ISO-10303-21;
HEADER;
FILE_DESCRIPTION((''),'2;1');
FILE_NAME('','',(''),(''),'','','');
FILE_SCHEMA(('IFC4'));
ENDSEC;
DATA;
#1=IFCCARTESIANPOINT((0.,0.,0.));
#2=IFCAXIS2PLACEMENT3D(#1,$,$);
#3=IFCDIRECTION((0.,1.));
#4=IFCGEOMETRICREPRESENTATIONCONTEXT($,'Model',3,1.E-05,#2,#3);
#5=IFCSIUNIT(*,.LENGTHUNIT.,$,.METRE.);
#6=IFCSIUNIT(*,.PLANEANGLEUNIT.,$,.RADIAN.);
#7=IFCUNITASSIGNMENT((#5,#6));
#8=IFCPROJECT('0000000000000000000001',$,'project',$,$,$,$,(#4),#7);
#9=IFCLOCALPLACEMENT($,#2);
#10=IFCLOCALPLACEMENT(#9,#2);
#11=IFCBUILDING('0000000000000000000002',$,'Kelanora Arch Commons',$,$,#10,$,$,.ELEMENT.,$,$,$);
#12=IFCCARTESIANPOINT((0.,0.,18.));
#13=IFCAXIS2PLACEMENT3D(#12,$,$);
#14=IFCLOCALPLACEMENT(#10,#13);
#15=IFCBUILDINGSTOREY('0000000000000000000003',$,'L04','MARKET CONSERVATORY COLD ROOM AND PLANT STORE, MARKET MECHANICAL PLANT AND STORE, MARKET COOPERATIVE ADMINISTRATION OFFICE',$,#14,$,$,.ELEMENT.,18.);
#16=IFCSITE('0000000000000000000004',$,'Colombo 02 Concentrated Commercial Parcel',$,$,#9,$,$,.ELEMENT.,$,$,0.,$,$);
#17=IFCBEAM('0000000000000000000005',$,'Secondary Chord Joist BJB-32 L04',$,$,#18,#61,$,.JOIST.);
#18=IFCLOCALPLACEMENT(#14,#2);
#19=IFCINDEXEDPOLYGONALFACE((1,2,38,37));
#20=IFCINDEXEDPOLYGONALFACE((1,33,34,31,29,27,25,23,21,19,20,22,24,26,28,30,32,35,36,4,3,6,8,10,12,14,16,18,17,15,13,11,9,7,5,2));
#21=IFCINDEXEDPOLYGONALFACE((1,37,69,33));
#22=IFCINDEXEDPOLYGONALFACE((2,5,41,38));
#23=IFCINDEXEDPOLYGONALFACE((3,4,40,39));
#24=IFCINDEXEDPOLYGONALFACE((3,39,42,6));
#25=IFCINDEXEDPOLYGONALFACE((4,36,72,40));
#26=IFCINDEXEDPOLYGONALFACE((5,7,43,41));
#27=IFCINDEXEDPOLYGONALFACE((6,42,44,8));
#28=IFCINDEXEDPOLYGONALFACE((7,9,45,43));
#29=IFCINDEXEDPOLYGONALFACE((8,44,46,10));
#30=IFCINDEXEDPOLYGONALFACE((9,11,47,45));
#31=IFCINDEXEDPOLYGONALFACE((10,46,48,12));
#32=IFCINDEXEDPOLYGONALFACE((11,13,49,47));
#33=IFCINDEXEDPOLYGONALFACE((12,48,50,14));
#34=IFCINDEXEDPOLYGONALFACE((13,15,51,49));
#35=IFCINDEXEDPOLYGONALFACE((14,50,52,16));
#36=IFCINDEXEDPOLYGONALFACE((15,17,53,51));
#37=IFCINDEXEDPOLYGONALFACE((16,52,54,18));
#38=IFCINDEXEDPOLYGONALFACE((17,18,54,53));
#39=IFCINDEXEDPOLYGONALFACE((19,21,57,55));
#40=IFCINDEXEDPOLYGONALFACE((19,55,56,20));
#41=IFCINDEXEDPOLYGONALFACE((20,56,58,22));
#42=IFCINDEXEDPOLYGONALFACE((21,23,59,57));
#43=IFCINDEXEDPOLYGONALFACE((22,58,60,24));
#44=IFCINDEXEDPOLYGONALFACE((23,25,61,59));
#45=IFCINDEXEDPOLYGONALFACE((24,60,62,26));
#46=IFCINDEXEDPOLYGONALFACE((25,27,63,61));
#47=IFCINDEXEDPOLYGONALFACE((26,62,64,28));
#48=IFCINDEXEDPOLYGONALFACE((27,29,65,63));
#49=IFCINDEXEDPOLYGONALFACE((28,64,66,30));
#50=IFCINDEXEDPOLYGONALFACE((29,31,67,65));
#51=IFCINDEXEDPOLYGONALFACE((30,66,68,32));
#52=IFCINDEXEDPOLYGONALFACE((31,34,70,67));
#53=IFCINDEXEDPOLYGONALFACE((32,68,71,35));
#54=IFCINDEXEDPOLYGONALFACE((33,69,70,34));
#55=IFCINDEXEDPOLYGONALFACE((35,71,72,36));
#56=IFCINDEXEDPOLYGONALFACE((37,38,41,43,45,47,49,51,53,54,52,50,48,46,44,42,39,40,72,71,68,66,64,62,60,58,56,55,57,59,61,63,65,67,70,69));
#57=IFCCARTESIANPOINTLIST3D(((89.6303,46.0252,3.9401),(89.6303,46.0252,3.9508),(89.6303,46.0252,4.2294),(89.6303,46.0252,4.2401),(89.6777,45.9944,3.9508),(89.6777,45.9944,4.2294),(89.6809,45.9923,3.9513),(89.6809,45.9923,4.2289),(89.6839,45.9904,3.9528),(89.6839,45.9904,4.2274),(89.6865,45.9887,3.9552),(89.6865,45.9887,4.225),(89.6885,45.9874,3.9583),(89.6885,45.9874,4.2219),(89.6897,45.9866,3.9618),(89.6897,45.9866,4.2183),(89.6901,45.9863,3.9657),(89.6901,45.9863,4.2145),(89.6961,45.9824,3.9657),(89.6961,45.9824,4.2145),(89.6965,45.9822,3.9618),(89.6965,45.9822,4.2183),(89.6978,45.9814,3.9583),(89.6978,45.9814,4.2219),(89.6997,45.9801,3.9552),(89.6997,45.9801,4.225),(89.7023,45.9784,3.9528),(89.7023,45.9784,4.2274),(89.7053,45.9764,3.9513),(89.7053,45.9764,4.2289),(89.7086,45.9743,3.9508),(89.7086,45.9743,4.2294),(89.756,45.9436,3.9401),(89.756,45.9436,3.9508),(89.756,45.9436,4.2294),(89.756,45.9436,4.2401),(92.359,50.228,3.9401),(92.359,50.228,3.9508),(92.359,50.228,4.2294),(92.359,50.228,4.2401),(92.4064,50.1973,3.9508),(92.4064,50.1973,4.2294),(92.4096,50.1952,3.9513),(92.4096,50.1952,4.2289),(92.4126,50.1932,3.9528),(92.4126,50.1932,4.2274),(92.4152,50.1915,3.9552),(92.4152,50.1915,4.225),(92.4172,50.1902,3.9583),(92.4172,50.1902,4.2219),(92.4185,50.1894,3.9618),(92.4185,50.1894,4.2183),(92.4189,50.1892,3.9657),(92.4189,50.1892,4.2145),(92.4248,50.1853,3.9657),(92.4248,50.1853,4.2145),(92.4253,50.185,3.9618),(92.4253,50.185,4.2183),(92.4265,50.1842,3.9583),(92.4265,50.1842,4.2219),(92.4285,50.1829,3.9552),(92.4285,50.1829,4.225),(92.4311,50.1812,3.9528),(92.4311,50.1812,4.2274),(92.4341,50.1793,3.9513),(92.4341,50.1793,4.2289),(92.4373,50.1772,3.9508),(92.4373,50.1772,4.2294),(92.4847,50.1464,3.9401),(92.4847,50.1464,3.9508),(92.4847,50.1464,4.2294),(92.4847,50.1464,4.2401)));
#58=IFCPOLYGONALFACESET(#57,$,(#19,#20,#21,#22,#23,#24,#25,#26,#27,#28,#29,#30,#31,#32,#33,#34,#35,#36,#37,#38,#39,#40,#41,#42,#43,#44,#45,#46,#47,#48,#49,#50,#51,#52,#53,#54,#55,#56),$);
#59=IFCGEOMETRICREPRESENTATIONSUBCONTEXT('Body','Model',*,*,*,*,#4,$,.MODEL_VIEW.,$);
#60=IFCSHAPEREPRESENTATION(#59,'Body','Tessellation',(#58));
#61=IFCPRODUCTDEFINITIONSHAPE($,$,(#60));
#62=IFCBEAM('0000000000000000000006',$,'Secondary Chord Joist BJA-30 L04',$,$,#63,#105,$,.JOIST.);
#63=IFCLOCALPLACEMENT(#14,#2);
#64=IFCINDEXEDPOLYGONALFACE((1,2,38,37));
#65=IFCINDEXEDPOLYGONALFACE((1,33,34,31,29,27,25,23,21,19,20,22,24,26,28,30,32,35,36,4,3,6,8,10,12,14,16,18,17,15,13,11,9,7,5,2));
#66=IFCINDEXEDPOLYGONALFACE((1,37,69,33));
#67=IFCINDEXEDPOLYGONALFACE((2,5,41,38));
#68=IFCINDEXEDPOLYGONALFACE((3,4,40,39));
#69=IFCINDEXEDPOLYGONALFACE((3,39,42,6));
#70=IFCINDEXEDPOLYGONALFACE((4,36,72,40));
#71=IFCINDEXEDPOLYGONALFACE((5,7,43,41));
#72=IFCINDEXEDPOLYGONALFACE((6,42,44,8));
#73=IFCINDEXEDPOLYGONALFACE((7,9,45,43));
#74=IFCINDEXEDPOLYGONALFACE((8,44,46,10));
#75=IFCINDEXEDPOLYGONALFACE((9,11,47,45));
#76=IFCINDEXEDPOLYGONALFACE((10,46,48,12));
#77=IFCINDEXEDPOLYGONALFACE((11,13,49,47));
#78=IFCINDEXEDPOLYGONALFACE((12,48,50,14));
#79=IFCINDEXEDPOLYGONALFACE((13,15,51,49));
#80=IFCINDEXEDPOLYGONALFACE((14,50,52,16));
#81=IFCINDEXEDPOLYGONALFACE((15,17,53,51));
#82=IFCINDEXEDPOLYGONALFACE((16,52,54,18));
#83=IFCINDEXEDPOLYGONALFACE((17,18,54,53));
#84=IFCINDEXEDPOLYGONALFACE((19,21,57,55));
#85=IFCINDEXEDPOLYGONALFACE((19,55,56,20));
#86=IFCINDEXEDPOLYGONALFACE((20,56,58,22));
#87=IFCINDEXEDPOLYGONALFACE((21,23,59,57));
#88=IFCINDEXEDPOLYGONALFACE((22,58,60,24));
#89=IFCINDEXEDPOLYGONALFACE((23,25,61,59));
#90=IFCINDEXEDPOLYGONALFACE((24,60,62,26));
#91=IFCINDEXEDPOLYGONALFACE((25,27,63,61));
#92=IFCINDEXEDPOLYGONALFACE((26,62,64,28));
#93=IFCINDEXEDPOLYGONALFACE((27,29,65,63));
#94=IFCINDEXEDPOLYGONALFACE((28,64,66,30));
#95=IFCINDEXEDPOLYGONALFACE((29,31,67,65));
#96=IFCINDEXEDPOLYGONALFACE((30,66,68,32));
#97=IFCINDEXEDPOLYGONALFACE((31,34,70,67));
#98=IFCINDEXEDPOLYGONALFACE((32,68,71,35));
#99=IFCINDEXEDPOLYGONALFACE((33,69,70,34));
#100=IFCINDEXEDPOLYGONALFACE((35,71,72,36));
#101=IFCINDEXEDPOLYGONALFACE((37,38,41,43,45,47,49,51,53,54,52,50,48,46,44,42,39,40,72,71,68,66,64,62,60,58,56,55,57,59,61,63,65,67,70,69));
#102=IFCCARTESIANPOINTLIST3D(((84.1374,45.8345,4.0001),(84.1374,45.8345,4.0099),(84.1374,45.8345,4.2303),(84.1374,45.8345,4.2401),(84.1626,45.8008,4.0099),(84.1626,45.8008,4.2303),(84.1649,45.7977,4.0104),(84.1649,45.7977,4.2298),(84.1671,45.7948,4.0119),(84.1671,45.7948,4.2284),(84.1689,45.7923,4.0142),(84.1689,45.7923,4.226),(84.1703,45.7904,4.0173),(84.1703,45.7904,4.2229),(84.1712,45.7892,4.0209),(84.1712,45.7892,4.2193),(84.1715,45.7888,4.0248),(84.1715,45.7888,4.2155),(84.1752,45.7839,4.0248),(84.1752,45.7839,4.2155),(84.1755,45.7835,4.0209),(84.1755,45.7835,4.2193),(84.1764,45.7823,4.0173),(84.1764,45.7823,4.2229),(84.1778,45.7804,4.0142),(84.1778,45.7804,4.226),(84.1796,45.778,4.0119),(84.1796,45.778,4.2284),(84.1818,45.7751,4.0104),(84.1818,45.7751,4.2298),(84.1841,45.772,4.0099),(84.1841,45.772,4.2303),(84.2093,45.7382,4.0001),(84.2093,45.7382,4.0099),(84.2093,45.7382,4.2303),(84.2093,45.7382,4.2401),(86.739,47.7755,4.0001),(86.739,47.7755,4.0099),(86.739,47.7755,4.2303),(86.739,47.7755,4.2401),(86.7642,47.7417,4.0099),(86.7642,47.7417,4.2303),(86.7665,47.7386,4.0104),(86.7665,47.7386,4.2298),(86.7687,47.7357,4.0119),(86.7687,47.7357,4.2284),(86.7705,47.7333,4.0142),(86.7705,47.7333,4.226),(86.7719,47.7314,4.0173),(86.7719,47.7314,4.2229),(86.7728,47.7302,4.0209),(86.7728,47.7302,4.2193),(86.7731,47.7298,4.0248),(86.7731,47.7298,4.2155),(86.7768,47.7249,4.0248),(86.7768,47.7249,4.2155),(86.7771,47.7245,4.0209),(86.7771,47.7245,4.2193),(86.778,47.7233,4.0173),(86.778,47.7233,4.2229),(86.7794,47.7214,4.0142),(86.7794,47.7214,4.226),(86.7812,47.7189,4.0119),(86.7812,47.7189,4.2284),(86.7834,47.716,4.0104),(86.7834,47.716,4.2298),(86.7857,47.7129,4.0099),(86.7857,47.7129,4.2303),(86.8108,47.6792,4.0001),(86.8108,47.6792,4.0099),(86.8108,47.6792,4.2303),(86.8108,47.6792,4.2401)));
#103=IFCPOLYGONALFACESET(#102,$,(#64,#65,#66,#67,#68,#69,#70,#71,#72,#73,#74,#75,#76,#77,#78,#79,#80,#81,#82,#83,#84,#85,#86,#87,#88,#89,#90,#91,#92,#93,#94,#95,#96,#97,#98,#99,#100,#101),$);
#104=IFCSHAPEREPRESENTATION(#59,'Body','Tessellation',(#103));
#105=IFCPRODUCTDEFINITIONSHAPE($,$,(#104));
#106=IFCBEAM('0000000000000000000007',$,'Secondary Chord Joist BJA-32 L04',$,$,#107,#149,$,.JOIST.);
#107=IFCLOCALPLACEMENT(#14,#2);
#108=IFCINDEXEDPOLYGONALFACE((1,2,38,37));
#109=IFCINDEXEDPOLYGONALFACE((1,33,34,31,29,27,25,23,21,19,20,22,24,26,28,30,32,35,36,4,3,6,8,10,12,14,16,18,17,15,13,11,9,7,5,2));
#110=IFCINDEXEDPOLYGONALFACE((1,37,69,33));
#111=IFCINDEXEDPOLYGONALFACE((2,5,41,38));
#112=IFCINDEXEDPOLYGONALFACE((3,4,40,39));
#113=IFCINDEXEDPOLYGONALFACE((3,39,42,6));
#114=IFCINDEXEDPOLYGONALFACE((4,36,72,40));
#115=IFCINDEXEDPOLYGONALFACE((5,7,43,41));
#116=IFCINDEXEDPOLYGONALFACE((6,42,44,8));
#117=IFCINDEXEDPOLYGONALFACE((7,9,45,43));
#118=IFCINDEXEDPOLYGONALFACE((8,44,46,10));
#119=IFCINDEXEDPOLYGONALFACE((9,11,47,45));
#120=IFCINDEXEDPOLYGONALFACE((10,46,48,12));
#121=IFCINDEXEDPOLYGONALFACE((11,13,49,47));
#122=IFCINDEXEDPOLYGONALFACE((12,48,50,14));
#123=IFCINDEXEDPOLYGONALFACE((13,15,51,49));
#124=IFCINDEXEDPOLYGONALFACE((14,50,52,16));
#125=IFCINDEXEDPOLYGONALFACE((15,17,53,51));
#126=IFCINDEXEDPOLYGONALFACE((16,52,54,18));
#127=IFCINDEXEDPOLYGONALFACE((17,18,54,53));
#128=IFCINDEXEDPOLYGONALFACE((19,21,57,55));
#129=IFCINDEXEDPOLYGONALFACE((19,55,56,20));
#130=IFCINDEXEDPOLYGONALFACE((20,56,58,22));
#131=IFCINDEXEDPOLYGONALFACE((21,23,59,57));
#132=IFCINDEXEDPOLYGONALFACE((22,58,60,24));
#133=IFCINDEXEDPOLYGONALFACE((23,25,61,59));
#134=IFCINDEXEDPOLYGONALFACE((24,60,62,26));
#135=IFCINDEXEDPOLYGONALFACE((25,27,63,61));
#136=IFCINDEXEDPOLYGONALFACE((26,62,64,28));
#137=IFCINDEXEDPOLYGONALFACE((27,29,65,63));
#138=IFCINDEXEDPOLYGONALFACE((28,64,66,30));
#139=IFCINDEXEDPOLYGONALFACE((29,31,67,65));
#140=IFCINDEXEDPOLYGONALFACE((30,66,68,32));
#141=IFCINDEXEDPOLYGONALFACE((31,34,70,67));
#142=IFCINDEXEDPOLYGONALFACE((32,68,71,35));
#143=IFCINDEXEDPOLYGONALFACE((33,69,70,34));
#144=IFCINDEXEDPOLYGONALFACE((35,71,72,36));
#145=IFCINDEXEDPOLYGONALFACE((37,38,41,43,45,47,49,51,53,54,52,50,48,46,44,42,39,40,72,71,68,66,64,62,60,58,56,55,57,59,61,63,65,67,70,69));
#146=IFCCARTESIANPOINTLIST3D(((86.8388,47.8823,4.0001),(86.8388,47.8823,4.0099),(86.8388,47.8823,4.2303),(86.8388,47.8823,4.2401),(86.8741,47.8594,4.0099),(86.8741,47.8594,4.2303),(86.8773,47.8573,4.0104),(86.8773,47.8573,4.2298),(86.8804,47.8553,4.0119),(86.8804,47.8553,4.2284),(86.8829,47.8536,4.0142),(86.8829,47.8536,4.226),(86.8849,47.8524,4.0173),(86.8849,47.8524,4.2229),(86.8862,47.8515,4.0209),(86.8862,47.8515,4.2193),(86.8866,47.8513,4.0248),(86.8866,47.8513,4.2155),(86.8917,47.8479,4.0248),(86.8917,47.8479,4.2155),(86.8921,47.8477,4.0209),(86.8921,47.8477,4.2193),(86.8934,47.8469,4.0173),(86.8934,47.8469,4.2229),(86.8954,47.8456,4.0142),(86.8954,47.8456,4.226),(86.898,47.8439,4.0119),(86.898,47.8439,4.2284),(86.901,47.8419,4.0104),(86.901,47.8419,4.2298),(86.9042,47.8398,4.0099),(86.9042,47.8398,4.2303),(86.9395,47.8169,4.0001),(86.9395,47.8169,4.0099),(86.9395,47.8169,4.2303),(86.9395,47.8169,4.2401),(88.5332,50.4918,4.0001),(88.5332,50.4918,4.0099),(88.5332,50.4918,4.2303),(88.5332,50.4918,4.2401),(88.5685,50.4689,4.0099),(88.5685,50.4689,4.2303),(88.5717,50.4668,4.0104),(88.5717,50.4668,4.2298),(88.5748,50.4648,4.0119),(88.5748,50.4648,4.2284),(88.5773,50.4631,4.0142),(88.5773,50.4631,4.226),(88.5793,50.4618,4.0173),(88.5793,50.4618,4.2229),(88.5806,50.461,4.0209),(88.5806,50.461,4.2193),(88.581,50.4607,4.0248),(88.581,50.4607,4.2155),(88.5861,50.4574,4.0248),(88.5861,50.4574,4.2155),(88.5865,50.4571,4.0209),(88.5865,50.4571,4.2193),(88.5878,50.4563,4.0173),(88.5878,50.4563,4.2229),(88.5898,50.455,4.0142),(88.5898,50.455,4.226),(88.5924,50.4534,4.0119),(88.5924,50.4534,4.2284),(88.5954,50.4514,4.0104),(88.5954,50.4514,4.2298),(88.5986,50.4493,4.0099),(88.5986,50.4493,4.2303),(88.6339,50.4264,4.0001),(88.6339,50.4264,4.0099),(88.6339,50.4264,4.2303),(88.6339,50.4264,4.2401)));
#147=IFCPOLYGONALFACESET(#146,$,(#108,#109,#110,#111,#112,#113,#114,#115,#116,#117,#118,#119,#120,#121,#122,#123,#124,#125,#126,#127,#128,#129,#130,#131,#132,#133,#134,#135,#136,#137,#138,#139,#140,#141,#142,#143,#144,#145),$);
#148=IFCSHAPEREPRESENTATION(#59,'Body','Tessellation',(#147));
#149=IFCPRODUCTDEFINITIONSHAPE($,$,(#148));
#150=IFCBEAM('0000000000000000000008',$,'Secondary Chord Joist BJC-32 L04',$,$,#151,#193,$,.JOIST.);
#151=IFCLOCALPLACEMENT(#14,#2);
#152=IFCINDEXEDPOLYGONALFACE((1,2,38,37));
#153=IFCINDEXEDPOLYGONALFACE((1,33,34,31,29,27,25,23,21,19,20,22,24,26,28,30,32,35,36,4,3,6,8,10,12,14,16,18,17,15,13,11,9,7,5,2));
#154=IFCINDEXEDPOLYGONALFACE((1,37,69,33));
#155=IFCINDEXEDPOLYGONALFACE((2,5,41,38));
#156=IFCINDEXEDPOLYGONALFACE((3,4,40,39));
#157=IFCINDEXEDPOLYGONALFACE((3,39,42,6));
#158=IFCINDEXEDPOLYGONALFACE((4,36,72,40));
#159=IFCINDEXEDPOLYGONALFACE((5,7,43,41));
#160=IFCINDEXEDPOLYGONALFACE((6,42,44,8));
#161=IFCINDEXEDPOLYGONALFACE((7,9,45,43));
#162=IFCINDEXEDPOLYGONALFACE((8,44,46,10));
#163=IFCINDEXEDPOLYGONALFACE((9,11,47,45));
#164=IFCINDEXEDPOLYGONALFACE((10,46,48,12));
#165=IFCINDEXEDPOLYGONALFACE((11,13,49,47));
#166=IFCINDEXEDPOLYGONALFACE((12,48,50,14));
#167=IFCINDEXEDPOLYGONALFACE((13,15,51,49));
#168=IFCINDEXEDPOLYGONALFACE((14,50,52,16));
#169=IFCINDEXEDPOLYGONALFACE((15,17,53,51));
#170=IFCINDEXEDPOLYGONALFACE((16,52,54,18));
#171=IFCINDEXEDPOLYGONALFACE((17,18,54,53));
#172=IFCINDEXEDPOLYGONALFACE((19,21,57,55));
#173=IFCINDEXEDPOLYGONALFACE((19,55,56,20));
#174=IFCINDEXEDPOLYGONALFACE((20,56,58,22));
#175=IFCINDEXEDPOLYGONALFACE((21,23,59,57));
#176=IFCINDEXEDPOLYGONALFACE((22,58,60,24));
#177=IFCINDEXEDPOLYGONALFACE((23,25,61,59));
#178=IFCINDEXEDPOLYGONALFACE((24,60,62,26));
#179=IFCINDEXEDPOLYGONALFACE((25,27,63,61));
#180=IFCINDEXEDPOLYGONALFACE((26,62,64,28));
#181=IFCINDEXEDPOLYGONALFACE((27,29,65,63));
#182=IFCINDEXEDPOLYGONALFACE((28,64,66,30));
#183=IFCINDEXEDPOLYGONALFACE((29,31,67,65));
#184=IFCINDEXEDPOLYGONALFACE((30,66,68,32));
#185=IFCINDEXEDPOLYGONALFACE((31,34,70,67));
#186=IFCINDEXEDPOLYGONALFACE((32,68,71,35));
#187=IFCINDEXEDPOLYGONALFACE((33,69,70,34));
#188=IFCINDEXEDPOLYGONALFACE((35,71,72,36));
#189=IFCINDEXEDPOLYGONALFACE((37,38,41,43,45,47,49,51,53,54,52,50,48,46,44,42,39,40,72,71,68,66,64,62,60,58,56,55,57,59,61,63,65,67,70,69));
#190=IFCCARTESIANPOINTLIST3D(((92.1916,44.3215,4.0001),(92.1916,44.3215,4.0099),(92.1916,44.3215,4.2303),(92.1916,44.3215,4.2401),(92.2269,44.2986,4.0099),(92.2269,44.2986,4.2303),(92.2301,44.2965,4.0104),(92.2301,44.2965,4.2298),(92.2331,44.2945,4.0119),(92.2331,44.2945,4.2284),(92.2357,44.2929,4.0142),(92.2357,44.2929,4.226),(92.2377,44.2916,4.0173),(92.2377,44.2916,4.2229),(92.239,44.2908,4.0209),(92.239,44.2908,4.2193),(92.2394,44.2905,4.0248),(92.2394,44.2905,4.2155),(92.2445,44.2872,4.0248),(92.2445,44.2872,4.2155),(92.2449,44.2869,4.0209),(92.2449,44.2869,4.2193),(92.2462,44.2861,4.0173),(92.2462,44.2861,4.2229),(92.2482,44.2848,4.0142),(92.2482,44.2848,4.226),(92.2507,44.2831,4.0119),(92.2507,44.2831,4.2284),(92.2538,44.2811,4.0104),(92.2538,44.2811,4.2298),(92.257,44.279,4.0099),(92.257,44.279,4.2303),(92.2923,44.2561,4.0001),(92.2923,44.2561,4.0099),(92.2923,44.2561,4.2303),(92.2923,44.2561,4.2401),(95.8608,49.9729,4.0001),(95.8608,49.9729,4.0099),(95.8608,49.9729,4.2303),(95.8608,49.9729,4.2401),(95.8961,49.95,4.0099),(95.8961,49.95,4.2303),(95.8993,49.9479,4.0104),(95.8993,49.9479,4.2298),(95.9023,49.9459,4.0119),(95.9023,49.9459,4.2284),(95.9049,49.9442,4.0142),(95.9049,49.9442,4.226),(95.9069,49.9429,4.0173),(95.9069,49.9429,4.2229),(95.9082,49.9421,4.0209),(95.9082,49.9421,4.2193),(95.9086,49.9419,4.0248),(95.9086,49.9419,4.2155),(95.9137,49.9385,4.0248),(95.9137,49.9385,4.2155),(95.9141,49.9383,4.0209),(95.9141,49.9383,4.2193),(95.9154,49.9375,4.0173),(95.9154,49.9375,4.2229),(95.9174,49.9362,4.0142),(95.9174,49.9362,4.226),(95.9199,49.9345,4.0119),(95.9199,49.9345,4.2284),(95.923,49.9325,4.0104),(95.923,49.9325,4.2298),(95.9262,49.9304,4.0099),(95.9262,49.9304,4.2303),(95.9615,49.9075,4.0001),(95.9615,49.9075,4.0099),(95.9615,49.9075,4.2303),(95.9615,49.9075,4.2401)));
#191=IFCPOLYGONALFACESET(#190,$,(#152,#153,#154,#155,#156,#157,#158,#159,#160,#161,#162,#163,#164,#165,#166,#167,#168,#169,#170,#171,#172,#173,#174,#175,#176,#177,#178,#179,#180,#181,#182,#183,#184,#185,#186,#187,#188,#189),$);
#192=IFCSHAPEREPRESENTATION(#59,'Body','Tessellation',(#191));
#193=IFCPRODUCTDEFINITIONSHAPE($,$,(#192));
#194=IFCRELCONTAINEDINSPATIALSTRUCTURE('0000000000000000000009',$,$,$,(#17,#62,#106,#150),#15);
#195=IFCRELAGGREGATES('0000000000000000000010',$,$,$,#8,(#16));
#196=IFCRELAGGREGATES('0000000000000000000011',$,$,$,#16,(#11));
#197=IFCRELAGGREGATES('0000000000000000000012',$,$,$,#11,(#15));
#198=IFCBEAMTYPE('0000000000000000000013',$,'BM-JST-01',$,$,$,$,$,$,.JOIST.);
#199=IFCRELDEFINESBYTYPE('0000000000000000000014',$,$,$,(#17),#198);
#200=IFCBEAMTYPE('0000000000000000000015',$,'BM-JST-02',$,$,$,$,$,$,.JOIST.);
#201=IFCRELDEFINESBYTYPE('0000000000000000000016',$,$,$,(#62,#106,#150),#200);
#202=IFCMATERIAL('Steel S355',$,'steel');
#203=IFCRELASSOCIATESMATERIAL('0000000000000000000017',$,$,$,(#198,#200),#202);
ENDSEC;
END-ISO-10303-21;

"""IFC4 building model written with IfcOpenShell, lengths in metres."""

from ifc_helpers import new_model, si_unit, direction, frame, origin, origin_2d, place, context, subcontext, project, spatial, i_section, extrude, material, material_profile, profile_set, type_object, element, save


model = new_model("IFC4")

# Units and contexts
model_context = context("Model", 3, precision=1e-05, world=origin(), true_north=direction((0.0, 1.0)))
body_context = subcontext(model_context, "Body", "Model", "MODEL_VIEW")
ifc_project = project(units=[si_unit("LENGTHUNIT", "METRE"), si_unit("PLANEANGLEUNIT", "RADIAN")], contexts=[model_context])

# Site, building, storey
site_placement = place(None, origin())
site = spatial("IfcSite", under=ifc_project, at=site_placement, Name="Colombo 02 Concentrated Commercial Parcel", CompositionType="ELEMENT", RefElevation=0.0)
building_placement = place(site_placement, origin())
building = spatial("IfcBuilding", under=site, at=building_placement, Name="Kelanora Arch Commons", CompositionType="ELEMENT")
storey_placement = place(building_placement, frame((0.0, 0.0, 18.0)))
storey = spatial("IfcBuildingStorey", under=building, at=storey_placement, Name="L04", Description="MARKET CONSERVATORY COLD ROOM AND PLANT STORE, MARKET MECHANICAL PLANT AND STORE, MARKET COOPERATIVE ADMINISTRATION OFFICE", CompositionType="ELEMENT", Elevation=18.0)

# Beams
ifc_material_1 = material(Name="Steel S355", Category="steel")
ifc_material_profile_1 = material_profile(ifc_material_1, i_section(OverallWidth=0.1499, OverallDepth=0.3, WebThickness=0.0071, FlangeThickness=0.0107, FilletRadius=0.0149, at=origin_2d()), Name="IPE300")
ifc_profile_set_1 = profile_set([ifc_material_profile_1], Name="Steel S355")
beam_type_1 = type_object("IfcBeamType", Name="BM-JST-01", PredefinedType="JOIST", material=ifc_profile_set_1)
beam_1_placement = place(storey_placement, frame((89.6931, 45.9844, 4.0901), z_axis=(0.544552, 0.838727, 0.0), x_axis=(-0.838727, 0.544552, 0.0)))
element("IfcBeam", 1, at=beam_1_placement, inside=storey, type_object=beam_type_1, Name="Secondary Chord Joist BJB-32 L04", PredefinedType="JOIST", context=body_context, shape_type="SweptSolid", body=[
    extrude(i_section(OverallWidth=0.1499, OverallDepth=0.3, WebThickness=0.0071, FlangeThickness=0.0107, FilletRadius=0.0149, at=origin_2d()), origin(), (0.0, 0.0, 1.0), 5.011),
])
ifc_material_profile_2 = material_profile(ifc_material_1, i_section(OverallWidth=0.1201, OverallDepth=0.24, WebThickness=0.0061, FlangeThickness=0.0098, FilletRadius=0.0149, at=origin_2d()), Name="IPE240")
ifc_profile_set_2 = profile_set([ifc_material_profile_2], Name="Steel S355")
beam_type_2 = type_object("IfcBeamType", Name="BM-JST-02", PredefinedType="JOIST", material=ifc_profile_set_2)
beam_2_placement = place(storey_placement, frame((84.1733, 45.7864, 4.1201), z_axis=(0.801514, 0.597976, 0.0), x_axis=(-0.597976, 0.801514, 0.0)))
element("IfcBeam", 2, at=beam_2_placement, inside=storey, type_object=beam_type_2, Name="Secondary Chord Joist BJA-30 L04", PredefinedType="JOIST", context=body_context, shape_type="SweptSolid", body=[
    extrude(i_section(OverallWidth=0.1201, OverallDepth=0.24, WebThickness=0.0061, FlangeThickness=0.0098, FilletRadius=0.0149, at=origin_2d()), origin(), (0.0, 0.0, 1.0), 3.2458),
])
beam_3_placement = place(storey_placement, frame((86.8892, 47.8496, 4.1201), z_axis=(0.544591, 0.838702, 0.0), x_axis=(-0.838702, 0.544591, 0.0)))
element("IfcBeam", 3, at=beam_3_placement, inside=storey, type_object=beam_type_2, Name="Secondary Chord Joist BJA-32 L04", PredefinedType="JOIST", context=body_context, shape_type="SweptSolid", body=[
    extrude(i_section(OverallWidth=0.1201, OverallDepth=0.24, WebThickness=0.0061, FlangeThickness=0.0098, FilletRadius=0.0149, at=origin_2d()), origin(), (0.0, 0.0, 1.0), 3.1113),
])
beam_4_placement = place(storey_placement, frame((92.2419, 44.2888, 4.1201), z_axis=(0.54455, 0.838728, 0.0), x_axis=(-0.838728, 0.54455, 0.0)))
element("IfcBeam", 4, at=beam_4_placement, inside=storey, type_object=beam_type_2, Name="Secondary Chord Joist BJC-32 L04", PredefinedType="JOIST", context=body_context, shape_type="SweptSolid", body=[
    extrude(i_section(OverallWidth=0.1201, OverallDepth=0.24, WebThickness=0.0061, FlangeThickness=0.0098, FilletRadius=0.0149, at=origin_2d()), origin(), (0.0, 0.0, 1.0), 6.738),
])

save(model, "model.ifc")
